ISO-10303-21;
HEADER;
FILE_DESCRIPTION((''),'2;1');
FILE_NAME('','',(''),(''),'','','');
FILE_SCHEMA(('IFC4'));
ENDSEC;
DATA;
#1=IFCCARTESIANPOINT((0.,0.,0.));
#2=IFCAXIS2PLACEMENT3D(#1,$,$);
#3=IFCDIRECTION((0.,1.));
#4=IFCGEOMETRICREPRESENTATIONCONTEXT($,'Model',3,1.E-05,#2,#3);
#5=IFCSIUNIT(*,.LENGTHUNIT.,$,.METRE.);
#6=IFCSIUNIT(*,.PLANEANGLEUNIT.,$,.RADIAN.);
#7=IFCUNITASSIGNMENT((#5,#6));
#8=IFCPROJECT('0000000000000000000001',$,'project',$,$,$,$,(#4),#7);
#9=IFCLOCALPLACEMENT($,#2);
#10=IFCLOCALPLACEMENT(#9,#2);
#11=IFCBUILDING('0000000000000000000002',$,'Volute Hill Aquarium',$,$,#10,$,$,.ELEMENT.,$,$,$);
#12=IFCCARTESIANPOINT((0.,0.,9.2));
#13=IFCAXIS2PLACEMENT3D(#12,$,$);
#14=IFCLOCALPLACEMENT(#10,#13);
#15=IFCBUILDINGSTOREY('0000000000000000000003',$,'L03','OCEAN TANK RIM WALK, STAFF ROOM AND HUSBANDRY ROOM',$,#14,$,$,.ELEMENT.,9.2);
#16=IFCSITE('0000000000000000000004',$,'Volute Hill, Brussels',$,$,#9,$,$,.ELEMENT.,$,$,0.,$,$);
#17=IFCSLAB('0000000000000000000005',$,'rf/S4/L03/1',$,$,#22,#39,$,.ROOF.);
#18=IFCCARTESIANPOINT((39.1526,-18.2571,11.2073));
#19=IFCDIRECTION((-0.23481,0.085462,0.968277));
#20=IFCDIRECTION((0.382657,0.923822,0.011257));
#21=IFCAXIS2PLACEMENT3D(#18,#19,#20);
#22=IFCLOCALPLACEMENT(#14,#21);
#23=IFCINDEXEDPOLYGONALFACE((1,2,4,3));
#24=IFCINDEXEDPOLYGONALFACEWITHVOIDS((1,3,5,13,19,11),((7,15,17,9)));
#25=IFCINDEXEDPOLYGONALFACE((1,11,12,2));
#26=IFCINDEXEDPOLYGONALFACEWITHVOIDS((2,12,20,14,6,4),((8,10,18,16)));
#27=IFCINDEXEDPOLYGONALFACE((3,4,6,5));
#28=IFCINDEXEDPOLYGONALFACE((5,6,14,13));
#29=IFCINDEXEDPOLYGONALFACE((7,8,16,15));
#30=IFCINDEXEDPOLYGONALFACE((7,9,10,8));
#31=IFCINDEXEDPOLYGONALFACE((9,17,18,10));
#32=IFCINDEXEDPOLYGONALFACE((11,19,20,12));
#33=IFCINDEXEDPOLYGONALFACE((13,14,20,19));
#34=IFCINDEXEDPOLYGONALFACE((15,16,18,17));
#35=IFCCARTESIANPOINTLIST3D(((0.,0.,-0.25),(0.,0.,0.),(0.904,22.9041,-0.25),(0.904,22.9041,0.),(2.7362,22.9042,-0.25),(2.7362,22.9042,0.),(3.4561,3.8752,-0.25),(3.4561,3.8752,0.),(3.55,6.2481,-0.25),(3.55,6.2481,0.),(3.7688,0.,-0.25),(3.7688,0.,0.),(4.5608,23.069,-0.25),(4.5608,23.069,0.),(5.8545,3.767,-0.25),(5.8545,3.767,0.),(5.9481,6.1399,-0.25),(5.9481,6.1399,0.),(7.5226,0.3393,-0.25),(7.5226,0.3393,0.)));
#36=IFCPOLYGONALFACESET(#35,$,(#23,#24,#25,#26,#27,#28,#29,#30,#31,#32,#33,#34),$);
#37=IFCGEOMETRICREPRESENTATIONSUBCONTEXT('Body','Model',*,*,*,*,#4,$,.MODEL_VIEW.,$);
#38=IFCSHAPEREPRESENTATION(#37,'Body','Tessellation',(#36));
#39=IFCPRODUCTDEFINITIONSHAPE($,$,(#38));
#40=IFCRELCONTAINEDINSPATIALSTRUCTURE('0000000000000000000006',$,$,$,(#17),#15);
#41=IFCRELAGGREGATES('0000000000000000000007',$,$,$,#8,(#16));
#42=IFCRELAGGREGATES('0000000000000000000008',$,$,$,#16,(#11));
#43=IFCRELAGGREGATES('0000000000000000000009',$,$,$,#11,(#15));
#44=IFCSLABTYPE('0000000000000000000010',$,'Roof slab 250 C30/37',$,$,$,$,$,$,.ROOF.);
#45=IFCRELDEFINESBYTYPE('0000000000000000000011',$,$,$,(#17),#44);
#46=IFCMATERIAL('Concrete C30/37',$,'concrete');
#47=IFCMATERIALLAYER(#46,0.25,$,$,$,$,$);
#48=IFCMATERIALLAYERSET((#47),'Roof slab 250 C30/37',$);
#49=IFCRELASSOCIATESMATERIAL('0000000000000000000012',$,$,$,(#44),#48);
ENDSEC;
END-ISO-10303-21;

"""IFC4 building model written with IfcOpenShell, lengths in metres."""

from ifc_helpers import new_model, si_unit, direction, frame, origin, place, context, subcontext, project, spatial, polyline, outline, extrude, material, layer, layer_set, type_object, element, save


model = new_model("IFC4")

# Units and contexts
model_context = context("Model", 3, precision=1e-05, world=origin(), true_north=direction((0.0, 1.0)))
body_context = subcontext(model_context, "Body", "Model", "MODEL_VIEW")
ifc_project = project(units=[si_unit("LENGTHUNIT", "METRE"), si_unit("PLANEANGLEUNIT", "RADIAN")], contexts=[model_context])

# Site, building, storey
site_placement = place(None, origin())
site = spatial("IfcSite", under=ifc_project, at=site_placement, Name="Volute Hill, Brussels", CompositionType="ELEMENT", RefElevation=0.0)
building_placement = place(site_placement, origin())
building = spatial("IfcBuilding", under=site, at=building_placement, Name="Volute Hill Aquarium", CompositionType="ELEMENT")
storey_placement = place(building_placement, frame((0.0, 0.0, 9.2)))
storey = spatial("IfcBuildingStorey", under=building, at=storey_placement, Name="L03", Description="OCEAN TANK RIM WALK, STAFF ROOM AND HUSBANDRY ROOM", CompositionType="ELEMENT", Elevation=9.2)

# Slab
ifc_material_1 = material(Name="Concrete C30/37", Category="concrete")
ifc_layer_1 = layer(ifc_material_1, 0.25)
ifc_layer_set_1 = layer_set([ifc_layer_1], Name="Roof slab 250 C30/37")
slab_type = type_object("IfcSlabType", Name="Roof slab 250 C30/37", PredefinedType="ROOF", material=ifc_layer_set_1)
slab_placement = place(storey_placement, frame((39.1526, -18.2571, 11.2073), z_axis=(-0.23481, 0.085462, 0.968277), x_axis=(0.382657, 0.923822, 0.011257)))
element("IfcSlab", 1, at=slab_placement, inside=storey, type_object=slab_type, Name="rf/S4/L03/1", PredefinedType="ROOF", context=body_context, shape_type="SweptSolid", body=[
    extrude(outline(polyline([(0.0, 0.0), (3.7688, 0.0), (7.5226, 0.3393), (4.5608, 23.069), (2.7362, 22.9042), (0.904, 22.9041), (0.0, 0.0)]), holes=[polyline([(3.4561, 3.8752), (5.8545, 3.767), (5.9481, 6.1399), (3.55, 6.2481), (3.4561, 3.8752)])]), origin(), (0.0, 0.0, -1.0), 0.25),
])

save(model, "model.ifc")
